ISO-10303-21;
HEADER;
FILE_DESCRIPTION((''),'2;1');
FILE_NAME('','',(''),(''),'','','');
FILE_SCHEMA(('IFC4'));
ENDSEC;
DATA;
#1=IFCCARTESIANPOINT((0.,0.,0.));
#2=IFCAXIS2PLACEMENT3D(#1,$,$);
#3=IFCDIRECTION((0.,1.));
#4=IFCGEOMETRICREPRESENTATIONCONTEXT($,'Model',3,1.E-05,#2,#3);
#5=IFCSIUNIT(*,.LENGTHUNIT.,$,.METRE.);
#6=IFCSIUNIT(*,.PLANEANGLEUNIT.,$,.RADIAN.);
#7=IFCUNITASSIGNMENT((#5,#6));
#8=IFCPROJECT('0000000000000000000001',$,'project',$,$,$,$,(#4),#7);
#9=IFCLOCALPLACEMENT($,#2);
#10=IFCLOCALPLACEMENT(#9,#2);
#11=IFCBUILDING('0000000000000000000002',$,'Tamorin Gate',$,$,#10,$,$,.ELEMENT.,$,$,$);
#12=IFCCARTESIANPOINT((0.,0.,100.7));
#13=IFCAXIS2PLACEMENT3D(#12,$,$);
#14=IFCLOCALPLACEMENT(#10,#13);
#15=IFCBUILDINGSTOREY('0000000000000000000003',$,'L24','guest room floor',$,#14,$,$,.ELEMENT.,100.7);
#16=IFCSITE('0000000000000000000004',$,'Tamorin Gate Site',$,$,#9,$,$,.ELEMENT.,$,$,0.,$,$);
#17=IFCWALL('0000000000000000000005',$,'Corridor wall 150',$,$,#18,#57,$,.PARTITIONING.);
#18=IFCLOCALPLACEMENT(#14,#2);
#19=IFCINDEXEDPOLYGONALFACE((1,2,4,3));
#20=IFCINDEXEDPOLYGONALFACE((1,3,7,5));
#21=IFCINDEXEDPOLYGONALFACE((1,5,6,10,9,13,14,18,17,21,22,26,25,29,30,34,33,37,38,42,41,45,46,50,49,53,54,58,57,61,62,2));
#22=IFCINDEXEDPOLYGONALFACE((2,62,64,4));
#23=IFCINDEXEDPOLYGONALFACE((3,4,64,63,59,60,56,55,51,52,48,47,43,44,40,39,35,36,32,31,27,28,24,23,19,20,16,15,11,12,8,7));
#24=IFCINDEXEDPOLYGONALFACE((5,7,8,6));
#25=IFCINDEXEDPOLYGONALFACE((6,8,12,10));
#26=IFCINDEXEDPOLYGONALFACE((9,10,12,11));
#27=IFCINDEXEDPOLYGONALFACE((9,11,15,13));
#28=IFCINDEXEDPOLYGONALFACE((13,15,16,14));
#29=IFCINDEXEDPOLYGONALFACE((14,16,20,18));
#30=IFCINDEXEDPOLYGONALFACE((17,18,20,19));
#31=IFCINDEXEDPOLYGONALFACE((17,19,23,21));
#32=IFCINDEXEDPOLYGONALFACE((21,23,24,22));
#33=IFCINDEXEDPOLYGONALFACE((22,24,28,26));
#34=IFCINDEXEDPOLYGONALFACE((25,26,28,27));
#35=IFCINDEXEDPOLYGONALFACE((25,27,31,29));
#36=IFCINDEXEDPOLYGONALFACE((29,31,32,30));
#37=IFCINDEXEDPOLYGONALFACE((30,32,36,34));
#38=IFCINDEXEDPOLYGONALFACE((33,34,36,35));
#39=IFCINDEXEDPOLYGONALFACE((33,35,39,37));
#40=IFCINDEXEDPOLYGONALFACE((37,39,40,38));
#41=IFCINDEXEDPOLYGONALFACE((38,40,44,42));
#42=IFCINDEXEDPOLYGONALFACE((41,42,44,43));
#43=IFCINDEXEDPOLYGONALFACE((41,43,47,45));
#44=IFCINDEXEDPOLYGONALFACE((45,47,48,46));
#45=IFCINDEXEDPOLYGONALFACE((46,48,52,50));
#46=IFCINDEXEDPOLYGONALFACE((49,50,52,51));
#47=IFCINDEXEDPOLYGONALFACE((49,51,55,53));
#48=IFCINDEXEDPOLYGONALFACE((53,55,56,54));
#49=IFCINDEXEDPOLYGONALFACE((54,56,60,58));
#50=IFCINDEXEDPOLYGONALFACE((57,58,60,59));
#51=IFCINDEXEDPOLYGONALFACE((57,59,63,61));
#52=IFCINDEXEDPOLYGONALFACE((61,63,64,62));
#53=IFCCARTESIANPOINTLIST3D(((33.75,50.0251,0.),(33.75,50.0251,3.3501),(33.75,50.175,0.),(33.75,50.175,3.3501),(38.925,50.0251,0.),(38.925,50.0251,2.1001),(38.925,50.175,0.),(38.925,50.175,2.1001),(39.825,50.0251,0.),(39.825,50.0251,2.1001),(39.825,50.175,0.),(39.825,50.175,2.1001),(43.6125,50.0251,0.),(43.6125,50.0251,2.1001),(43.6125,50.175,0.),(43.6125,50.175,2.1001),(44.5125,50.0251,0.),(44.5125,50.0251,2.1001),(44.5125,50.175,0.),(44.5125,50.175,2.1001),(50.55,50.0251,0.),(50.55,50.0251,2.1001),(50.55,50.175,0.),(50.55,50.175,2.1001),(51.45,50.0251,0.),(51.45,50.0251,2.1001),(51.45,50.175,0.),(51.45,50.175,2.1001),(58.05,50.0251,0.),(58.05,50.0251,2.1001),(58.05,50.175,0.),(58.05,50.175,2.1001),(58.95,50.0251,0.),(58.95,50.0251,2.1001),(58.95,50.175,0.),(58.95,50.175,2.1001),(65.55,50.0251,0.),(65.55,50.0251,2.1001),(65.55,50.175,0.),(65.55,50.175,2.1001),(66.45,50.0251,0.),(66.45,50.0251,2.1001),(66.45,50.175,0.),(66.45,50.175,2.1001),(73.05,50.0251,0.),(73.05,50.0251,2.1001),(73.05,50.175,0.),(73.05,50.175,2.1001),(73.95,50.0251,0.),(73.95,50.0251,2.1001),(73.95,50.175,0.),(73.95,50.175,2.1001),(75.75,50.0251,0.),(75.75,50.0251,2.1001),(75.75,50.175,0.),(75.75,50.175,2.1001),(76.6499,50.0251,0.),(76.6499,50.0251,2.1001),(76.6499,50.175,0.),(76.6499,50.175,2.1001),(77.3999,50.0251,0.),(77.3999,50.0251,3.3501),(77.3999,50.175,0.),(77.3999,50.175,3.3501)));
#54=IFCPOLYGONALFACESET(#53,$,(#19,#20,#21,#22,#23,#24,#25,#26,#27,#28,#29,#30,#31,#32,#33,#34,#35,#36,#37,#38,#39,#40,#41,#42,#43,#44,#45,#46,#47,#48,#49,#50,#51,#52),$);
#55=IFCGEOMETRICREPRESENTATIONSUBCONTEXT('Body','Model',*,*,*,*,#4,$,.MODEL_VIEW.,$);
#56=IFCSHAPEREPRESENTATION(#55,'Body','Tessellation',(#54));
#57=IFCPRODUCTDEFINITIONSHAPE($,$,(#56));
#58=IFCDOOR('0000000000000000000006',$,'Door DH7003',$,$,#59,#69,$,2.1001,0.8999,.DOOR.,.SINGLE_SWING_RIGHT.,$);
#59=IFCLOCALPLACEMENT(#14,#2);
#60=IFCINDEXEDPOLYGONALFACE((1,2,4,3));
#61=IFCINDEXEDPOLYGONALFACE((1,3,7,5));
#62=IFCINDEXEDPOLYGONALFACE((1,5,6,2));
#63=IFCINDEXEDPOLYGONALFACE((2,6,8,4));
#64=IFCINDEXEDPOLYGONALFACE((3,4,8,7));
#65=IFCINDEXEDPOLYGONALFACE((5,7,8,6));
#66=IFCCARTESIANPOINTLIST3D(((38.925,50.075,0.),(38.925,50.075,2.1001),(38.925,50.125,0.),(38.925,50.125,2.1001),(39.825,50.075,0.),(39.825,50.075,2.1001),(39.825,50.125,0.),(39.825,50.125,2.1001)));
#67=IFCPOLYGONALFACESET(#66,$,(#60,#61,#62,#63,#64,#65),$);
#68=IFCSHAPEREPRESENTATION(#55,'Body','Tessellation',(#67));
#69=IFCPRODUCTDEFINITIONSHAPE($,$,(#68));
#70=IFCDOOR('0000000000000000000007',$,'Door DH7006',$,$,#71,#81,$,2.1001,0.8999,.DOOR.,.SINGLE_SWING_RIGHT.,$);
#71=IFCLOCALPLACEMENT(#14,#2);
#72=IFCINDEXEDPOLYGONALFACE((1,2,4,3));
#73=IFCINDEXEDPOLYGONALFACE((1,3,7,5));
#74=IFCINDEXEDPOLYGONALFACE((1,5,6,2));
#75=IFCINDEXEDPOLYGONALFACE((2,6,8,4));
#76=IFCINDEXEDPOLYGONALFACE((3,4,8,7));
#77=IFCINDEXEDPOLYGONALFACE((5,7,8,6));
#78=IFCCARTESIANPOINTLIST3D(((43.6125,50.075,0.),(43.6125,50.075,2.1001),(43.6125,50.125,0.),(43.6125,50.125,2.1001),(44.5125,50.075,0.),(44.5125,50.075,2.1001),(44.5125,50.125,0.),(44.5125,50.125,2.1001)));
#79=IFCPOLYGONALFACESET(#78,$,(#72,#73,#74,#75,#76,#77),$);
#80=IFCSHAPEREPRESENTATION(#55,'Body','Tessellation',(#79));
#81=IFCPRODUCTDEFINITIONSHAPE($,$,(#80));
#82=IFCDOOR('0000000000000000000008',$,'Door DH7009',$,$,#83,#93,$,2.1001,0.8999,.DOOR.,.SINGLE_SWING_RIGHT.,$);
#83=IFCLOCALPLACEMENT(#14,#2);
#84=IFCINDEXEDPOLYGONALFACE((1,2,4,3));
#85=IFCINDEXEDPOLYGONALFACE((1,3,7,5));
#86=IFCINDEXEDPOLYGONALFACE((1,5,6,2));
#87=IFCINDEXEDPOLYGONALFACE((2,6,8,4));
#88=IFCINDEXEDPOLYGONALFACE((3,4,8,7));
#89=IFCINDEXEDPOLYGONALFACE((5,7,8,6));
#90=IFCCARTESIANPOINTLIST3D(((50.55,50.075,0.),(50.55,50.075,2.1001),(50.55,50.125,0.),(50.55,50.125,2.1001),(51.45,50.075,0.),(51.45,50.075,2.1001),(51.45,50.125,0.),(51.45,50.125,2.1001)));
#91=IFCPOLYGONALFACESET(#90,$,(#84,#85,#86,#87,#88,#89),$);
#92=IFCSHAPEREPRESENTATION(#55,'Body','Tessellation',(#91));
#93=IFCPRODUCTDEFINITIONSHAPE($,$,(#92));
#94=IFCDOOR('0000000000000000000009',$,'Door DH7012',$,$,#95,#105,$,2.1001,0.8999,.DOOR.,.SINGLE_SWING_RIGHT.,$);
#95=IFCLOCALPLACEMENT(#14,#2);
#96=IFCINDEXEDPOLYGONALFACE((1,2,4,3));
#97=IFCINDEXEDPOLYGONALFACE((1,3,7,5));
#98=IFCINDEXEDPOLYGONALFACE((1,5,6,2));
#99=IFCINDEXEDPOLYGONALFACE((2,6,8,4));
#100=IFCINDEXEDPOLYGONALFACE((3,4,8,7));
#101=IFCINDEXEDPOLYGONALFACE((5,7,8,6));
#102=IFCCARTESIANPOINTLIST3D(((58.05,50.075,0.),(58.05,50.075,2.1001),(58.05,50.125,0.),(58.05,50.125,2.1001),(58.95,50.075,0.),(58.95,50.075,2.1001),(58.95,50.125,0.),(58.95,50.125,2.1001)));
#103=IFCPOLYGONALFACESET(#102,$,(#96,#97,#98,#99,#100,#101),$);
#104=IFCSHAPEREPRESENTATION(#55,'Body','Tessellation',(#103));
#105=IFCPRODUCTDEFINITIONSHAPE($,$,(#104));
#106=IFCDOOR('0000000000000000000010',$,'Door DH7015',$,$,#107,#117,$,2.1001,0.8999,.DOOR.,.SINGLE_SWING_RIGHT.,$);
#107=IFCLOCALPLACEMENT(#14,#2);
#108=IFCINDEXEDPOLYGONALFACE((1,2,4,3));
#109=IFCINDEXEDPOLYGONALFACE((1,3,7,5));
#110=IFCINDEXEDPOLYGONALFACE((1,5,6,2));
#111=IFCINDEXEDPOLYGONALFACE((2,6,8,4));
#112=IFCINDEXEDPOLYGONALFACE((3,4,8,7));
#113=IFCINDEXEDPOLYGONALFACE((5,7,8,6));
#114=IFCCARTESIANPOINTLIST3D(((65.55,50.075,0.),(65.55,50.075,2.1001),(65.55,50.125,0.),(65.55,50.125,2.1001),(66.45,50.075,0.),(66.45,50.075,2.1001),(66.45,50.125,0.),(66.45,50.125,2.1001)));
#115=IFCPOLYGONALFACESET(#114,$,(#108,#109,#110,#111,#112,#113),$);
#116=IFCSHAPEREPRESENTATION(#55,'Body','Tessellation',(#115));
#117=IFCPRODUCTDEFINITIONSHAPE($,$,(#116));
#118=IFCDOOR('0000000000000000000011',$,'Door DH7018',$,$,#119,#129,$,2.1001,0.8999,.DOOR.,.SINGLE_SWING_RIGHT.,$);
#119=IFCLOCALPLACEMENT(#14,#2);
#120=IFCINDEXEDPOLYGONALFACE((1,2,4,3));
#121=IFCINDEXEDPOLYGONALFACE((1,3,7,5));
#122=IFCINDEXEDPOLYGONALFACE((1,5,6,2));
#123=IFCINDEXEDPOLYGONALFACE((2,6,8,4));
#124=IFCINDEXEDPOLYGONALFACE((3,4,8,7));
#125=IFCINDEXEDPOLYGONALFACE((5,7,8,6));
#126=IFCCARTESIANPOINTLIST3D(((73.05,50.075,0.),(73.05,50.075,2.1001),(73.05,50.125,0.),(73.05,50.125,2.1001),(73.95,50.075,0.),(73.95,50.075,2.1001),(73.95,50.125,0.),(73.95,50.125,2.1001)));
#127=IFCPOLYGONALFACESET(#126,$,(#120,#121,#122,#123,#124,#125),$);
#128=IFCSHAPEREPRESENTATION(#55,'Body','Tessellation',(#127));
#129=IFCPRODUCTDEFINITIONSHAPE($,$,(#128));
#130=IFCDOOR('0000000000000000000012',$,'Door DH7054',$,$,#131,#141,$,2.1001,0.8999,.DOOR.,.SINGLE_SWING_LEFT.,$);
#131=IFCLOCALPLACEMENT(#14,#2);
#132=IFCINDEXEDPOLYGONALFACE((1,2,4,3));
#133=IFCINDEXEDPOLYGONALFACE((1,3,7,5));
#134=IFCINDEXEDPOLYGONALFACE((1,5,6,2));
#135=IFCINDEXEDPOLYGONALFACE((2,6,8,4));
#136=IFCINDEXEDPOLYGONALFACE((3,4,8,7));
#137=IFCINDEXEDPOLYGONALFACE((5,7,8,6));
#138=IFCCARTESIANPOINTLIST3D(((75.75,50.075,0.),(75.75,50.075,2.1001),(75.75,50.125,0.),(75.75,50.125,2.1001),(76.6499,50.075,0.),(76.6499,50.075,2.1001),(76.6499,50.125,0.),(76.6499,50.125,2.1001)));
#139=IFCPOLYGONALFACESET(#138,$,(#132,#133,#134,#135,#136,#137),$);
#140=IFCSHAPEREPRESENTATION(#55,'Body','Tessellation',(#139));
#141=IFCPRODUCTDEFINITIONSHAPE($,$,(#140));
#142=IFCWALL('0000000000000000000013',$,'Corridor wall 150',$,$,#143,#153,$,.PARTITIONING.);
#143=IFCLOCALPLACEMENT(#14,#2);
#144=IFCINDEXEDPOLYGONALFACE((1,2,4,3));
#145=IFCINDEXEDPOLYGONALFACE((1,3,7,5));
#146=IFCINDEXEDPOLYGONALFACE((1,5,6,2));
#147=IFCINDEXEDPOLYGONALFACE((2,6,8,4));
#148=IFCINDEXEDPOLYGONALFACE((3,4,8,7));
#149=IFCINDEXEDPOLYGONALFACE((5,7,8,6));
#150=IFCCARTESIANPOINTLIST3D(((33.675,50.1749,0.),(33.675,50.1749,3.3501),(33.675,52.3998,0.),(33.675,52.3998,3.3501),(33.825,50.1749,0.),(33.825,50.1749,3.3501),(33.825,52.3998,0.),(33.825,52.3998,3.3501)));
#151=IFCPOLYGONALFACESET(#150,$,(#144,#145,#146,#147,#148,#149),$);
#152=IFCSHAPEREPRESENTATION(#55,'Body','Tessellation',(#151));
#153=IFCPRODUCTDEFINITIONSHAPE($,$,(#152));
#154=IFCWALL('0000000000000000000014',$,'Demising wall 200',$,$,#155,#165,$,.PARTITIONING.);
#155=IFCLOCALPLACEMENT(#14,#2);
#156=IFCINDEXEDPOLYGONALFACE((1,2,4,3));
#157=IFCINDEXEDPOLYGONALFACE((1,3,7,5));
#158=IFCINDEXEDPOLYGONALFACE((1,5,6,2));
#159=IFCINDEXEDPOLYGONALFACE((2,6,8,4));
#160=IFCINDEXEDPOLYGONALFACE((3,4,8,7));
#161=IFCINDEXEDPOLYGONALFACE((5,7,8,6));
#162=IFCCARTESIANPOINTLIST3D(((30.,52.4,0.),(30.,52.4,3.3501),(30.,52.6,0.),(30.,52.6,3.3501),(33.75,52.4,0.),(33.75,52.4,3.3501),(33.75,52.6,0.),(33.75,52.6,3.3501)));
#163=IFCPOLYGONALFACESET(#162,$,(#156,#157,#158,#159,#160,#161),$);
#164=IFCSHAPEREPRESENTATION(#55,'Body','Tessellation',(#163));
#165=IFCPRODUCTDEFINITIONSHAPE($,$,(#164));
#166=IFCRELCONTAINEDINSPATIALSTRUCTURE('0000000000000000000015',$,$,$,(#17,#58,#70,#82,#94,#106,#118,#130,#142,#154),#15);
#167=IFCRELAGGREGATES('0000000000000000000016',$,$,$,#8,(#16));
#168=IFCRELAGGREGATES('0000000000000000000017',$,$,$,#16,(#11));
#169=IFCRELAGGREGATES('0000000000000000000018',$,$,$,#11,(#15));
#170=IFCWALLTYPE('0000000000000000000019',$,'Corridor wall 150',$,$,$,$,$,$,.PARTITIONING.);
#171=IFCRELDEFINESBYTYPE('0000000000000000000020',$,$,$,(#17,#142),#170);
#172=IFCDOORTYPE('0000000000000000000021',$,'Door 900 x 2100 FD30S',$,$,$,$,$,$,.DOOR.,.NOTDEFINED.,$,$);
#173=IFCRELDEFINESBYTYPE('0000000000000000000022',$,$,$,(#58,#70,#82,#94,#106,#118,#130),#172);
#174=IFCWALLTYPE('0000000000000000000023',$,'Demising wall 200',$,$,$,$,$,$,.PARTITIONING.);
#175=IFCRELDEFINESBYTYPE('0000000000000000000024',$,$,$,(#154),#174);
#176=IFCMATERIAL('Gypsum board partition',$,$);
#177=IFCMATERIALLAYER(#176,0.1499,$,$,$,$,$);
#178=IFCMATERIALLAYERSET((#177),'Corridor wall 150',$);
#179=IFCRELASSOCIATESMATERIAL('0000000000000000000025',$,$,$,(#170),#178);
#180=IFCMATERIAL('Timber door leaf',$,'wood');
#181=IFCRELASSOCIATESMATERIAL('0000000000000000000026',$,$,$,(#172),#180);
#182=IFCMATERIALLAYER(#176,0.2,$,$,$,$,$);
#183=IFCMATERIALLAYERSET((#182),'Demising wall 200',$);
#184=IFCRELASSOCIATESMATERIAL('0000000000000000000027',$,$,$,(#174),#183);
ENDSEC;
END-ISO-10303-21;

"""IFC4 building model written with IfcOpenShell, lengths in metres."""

from ifc_helpers import new_model, si_unit, direction, frame, frame_2d, origin, place, context, subcontext, project, spatial, rectangle, extrude, material, layer, layer_set, type_object, element, fill, save


model = new_model("IFC4")

# Units and contexts
model_context = context("Model", 3, precision=1e-05, world=origin(), true_north=direction((0.0, 1.0)))
body_context = subcontext(model_context, "Body", "Model", "MODEL_VIEW")
ifc_project = project(units=[si_unit("LENGTHUNIT", "METRE"), si_unit("PLANEANGLEUNIT", "RADIAN")], contexts=[model_context])

# Site, building, storey
site_placement = place(None, origin())
site = spatial("IfcSite", under=ifc_project, at=site_placement, Name="Tamorin Gate Site", CompositionType="ELEMENT", RefElevation=0.0)
building_placement = place(site_placement, origin())
building = spatial("IfcBuilding", under=site, at=building_placement, Name="Tamorin Gate", CompositionType="ELEMENT")
storey_placement = place(building_placement, frame((0.0, 0.0, 100.7)))
storey = spatial("IfcBuildingStorey", under=building, at=storey_placement, Name="L24", Description="guest room floor", CompositionType="ELEMENT", Elevation=100.7)

# Wall, openings, doors
ifc_material_1 = material(Name="Gypsum board partition")
ifc_layer_1 = layer(ifc_material_1, 0.1499)
ifc_layer_set_1 = layer_set([ifc_layer_1], Name="Corridor wall 150")
wall_type_1 = type_object("IfcWallType", Name="Corridor wall 150", PredefinedType="PARTITIONING", material=ifc_layer_set_1)
wall_1_placement = place(storey_placement, frame((33.75, 50.1001, 0.0), z_axis=(0.0, 0.0, 1.0), x_axis=(1.0, 0.0, 0.0)))
wall_1 = element("IfcWall", 1, at=wall_1_placement, inside=storey, type_object=wall_type_1, Name="Corridor wall 150", PredefinedType="PARTITIONING", context=body_context, shape_type="SweptSolid", body=[
    extrude(rectangle(XDim=43.6499, YDim=0.1499, at=frame_2d((21.825, 0.0))), origin(), (0.0, 0.0, 1.0), 3.3501),
])
opening_1_placement = place(wall_1_placement, frame((5.175, 0.0, 0.0)))
opening_1 = element("IfcOpeningElement", 2, at=opening_1_placement, cuts=wall_1, PredefinedType="OPENING", context=body_context, shape_type="SweptSolid", body=[
    extrude(rectangle(XDim=0.8999, YDim=2.1001, at=frame_2d((0.45, 1.05))), frame((0.0, 0.085, 0.0), z_axis=(0.0, -1.0, 0.0), x_axis=(1.0, 0.0, 0.0)), (0.0, 0.0, 1.0), 0.1699),
])
opening_2_placement = place(wall_1_placement, frame((9.8625, 0.0, 0.0)))
opening_2 = element("IfcOpeningElement", 3, at=opening_2_placement, cuts=wall_1, PredefinedType="OPENING", context=body_context, shape_type="SweptSolid", body=[
    extrude(rectangle(XDim=0.8999, YDim=2.1001, at=frame_2d((0.45, 1.05))), frame((0.0, 0.085, 0.0), z_axis=(0.0, -1.0, 0.0), x_axis=(1.0, 0.0, 0.0)), (0.0, 0.0, 1.0), 0.1699),
])
opening_3_placement = place(wall_1_placement, frame((16.8, 0.0, 0.0)))
opening_3 = element("IfcOpeningElement", 4, at=opening_3_placement, cuts=wall_1, PredefinedType="OPENING", context=body_context, shape_type="SweptSolid", body=[
    extrude(rectangle(XDim=0.8999, YDim=2.1001, at=frame_2d((0.45, 1.05))), frame((0.0, 0.085, 0.0), z_axis=(0.0, -1.0, 0.0), x_axis=(1.0, 0.0, 0.0)), (0.0, 0.0, 1.0), 0.1699),
])
opening_4_placement = place(wall_1_placement, frame((24.3, 0.0, 0.0)))
opening_4 = element("IfcOpeningElement", 5, at=opening_4_placement, cuts=wall_1, PredefinedType="OPENING", context=body_context, shape_type="SweptSolid", body=[
    extrude(rectangle(XDim=0.8999, YDim=2.1001, at=frame_2d((0.45, 1.05))), frame((0.0, 0.085, 0.0), z_axis=(0.0, -1.0, 0.0), x_axis=(1.0, 0.0, 0.0)), (0.0, 0.0, 1.0), 0.1699),
])
opening_5_placement = place(wall_1_placement, frame((31.8, 0.0, 0.0)))
opening_5 = element("IfcOpeningElement", 6, at=opening_5_placement, cuts=wall_1, PredefinedType="OPENING", context=body_context, shape_type="SweptSolid", body=[
    extrude(rectangle(XDim=0.8999, YDim=2.1001, at=frame_2d((0.45, 1.05))), frame((0.0, 0.085, 0.0), z_axis=(0.0, -1.0, 0.0), x_axis=(1.0, 0.0, 0.0)), (0.0, 0.0, 1.0), 0.1699),
])
opening_6_placement = place(wall_1_placement, frame((39.3, 0.0, 0.0)))
opening_6 = element("IfcOpeningElement", 7, at=opening_6_placement, cuts=wall_1, PredefinedType="OPENING", context=body_context, shape_type="SweptSolid", body=[
    extrude(rectangle(XDim=0.8999, YDim=2.1001, at=frame_2d((0.45, 1.05))), frame((0.0, 0.085, 0.0), z_axis=(0.0, -1.0, 0.0), x_axis=(1.0, 0.0, 0.0)), (0.0, 0.0, 1.0), 0.1699),
])
opening_7_placement = place(wall_1_placement, frame((42.0, 0.0, 0.0)))
opening_7 = element("IfcOpeningElement", 8, at=opening_7_placement, cuts=wall_1, PredefinedType="OPENING", context=body_context, shape_type="SweptSolid", body=[
    extrude(rectangle(XDim=0.8999, YDim=2.1001, at=frame_2d((0.45, 1.05))), frame((0.0, 0.085, 0.0), z_axis=(0.0, -1.0, 0.0), x_axis=(1.0, 0.0, 0.0)), (0.0, 0.0, 1.0), 0.1699),
])
ifc_material_2 = material(Name="Timber door leaf", Category="wood")
door_type = type_object("IfcDoorType", Name="Door 900 x 2100 FD30S", OperationType="NOTDEFINED", PredefinedType="DOOR", material=ifc_material_2)
door_1_placement = place(opening_1_placement, origin())
door_1 = element("IfcDoor", 9, at=door_1_placement, inside=storey, type_object=door_type, Name="Door DH7003", OperationType="SINGLE_SWING_RIGHT", OverallHeight=2.1001, OverallWidth=0.8999, PredefinedType="DOOR", context=body_context, shape_type="SweptSolid", body=[
    extrude(rectangle(XDim=0.8999, YDim=2.1001, at=frame_2d((0.45, 1.05))), frame((0.0, 0.0249, 0.0), z_axis=(0.0, -1.0, 0.0), x_axis=(1.0, 0.0, 0.0)), (0.0, 0.0, 1.0), 0.05),
])
fill(opening_1, door_1)
door_2_placement = place(opening_2_placement, origin())
door_2 = element("IfcDoor", 10, at=door_2_placement, inside=storey, type_object=door_type, Name="Door DH7006", OperationType="SINGLE_SWING_RIGHT", OverallHeight=2.1001, OverallWidth=0.8999, PredefinedType="DOOR", context=body_context, shape_type="SweptSolid", body=[
    extrude(rectangle(XDim=0.8999, YDim=2.1001, at=frame_2d((0.45, 1.05))), frame((0.0, 0.0249, 0.0), z_axis=(0.0, -1.0, 0.0), x_axis=(1.0, 0.0, 0.0)), (0.0, 0.0, 1.0), 0.05),
])
fill(opening_2, door_2)
door_3_placement = place(opening_3_placement, origin())
door_3 = element("IfcDoor", 11, at=door_3_placement, inside=storey, type_object=door_type, Name="Door DH7009", OperationType="SINGLE_SWING_RIGHT", OverallHeight=2.1001, OverallWidth=0.8999, PredefinedType="DOOR", context=body_context, shape_type="SweptSolid", body=[
    extrude(rectangle(XDim=0.8999, YDim=2.1001, at=frame_2d((0.45, 1.05))), frame((0.0, 0.0249, 0.0), z_axis=(0.0, -1.0, 0.0), x_axis=(1.0, 0.0, 0.0)), (0.0, 0.0, 1.0), 0.05),
])
fill(opening_3, door_3)
door_4_placement = place(opening_4_placement, origin())
door_4 = element("IfcDoor", 12, at=door_4_placement, inside=storey, type_object=door_type, Name="Door DH7012", OperationType="SINGLE_SWING_RIGHT", OverallHeight=2.1001, OverallWidth=0.8999, PredefinedType="DOOR", context=body_context, shape_type="SweptSolid", body=[
    extrude(rectangle(XDim=0.8999, YDim=2.1001, at=frame_2d((0.45, 1.05))), frame((0.0, 0.0249, 0.0), z_axis=(0.0, -1.0, 0.0), x_axis=(1.0, 0.0, 0.0)), (0.0, 0.0, 1.0), 0.05),
])
fill(opening_4, door_4)
door_5_placement = place(opening_5_placement, origin())
door_5 = element("IfcDoor", 13, at=door_5_placement, inside=storey, type_object=door_type, Name="Door DH7015", OperationType="SINGLE_SWING_RIGHT", OverallHeight=2.1001, OverallWidth=0.8999, PredefinedType="DOOR", context=body_context, shape_type="SweptSolid", body=[
    extrude(rectangle(XDim=0.8999, YDim=2.1001, at=frame_2d((0.45, 1.05))), frame((0.0, 0.0249, 0.0), z_axis=(0.0, -1.0, 0.0), x_axis=(1.0, 0.0, 0.0)), (0.0, 0.0, 1.0), 0.05),
])
fill(opening_5, door_5)
door_6_placement = place(opening_6_placement, origin())
door_6 = element("IfcDoor", 14, at=door_6_placement, inside=storey, type_object=door_type, Name="Door DH7018", OperationType="SINGLE_SWING_RIGHT", OverallHeight=2.1001, OverallWidth=0.8999, PredefinedType="DOOR", context=body_context, shape_type="SweptSolid", body=[
    extrude(rectangle(XDim=0.8999, YDim=2.1001, at=frame_2d((0.45, 1.05))), frame((0.0, 0.0249, 0.0), z_axis=(0.0, -1.0, 0.0), x_axis=(1.0, 0.0, 0.0)), (0.0, 0.0, 1.0), 0.05),
])
fill(opening_6, door_6)
door_7_placement = place(opening_7_placement, origin())
door_7 = element("IfcDoor", 15, at=door_7_placement, inside=storey, type_object=door_type, Name="Door DH7054", OperationType="SINGLE_SWING_LEFT", OverallHeight=2.1001, OverallWidth=0.8999, PredefinedType="DOOR", context=body_context, shape_type="SweptSolid", body=[
    extrude(rectangle(XDim=0.8999, YDim=2.1001, at=frame_2d((0.45, 1.05))), frame((0.0, 0.0249, 0.0), z_axis=(0.0, -1.0, 0.0), x_axis=(1.0, 0.0, 0.0)), (0.0, 0.0, 1.0), 0.05),
])
fill(opening_7, door_7)

# Walls
wall_2_placement = place(storey_placement, frame((33.75, 50.175, 0.0), z_axis=(0.0, 0.0, 1.0), x_axis=(0.0, 1.0, 0.0)))
element("IfcWall", 16, at=wall_2_placement, inside=storey, type_object=wall_type_1, Name="Corridor wall 150", PredefinedType="PARTITIONING", context=body_context, shape_type="SweptSolid", body=[
    extrude(rectangle(XDim=2.2249, YDim=0.1499, at=frame_2d((1.1123, 0.0))), origin(), (0.0, 0.0, 1.0), 3.3501),
])
ifc_layer_2 = layer(ifc_material_1, 0.2)
ifc_layer_set_2 = layer_set([ifc_layer_2], Name="Demising wall 200")
wall_type_2 = type_object("IfcWallType", Name="Demising wall 200", PredefinedType="PARTITIONING", material=ifc_layer_set_2)
wall_3_placement = place(storey_placement, frame((30.0, 52.5, 0.0), z_axis=(0.0, 0.0, 1.0), x_axis=(1.0, 0.0, 0.0)))
element("IfcWall", 17, at=wall_3_placement, inside=storey, type_object=wall_type_2, Name="Demising wall 200", PredefinedType="PARTITIONING", context=body_context, shape_type="SweptSolid", body=[
    extrude(rectangle(XDim=3.75, YDim=0.2, at=frame_2d((1.875, 0.0))), origin(), (0.0, 0.0, 1.0), 3.3501),
])

save(model, "model.ifc")
